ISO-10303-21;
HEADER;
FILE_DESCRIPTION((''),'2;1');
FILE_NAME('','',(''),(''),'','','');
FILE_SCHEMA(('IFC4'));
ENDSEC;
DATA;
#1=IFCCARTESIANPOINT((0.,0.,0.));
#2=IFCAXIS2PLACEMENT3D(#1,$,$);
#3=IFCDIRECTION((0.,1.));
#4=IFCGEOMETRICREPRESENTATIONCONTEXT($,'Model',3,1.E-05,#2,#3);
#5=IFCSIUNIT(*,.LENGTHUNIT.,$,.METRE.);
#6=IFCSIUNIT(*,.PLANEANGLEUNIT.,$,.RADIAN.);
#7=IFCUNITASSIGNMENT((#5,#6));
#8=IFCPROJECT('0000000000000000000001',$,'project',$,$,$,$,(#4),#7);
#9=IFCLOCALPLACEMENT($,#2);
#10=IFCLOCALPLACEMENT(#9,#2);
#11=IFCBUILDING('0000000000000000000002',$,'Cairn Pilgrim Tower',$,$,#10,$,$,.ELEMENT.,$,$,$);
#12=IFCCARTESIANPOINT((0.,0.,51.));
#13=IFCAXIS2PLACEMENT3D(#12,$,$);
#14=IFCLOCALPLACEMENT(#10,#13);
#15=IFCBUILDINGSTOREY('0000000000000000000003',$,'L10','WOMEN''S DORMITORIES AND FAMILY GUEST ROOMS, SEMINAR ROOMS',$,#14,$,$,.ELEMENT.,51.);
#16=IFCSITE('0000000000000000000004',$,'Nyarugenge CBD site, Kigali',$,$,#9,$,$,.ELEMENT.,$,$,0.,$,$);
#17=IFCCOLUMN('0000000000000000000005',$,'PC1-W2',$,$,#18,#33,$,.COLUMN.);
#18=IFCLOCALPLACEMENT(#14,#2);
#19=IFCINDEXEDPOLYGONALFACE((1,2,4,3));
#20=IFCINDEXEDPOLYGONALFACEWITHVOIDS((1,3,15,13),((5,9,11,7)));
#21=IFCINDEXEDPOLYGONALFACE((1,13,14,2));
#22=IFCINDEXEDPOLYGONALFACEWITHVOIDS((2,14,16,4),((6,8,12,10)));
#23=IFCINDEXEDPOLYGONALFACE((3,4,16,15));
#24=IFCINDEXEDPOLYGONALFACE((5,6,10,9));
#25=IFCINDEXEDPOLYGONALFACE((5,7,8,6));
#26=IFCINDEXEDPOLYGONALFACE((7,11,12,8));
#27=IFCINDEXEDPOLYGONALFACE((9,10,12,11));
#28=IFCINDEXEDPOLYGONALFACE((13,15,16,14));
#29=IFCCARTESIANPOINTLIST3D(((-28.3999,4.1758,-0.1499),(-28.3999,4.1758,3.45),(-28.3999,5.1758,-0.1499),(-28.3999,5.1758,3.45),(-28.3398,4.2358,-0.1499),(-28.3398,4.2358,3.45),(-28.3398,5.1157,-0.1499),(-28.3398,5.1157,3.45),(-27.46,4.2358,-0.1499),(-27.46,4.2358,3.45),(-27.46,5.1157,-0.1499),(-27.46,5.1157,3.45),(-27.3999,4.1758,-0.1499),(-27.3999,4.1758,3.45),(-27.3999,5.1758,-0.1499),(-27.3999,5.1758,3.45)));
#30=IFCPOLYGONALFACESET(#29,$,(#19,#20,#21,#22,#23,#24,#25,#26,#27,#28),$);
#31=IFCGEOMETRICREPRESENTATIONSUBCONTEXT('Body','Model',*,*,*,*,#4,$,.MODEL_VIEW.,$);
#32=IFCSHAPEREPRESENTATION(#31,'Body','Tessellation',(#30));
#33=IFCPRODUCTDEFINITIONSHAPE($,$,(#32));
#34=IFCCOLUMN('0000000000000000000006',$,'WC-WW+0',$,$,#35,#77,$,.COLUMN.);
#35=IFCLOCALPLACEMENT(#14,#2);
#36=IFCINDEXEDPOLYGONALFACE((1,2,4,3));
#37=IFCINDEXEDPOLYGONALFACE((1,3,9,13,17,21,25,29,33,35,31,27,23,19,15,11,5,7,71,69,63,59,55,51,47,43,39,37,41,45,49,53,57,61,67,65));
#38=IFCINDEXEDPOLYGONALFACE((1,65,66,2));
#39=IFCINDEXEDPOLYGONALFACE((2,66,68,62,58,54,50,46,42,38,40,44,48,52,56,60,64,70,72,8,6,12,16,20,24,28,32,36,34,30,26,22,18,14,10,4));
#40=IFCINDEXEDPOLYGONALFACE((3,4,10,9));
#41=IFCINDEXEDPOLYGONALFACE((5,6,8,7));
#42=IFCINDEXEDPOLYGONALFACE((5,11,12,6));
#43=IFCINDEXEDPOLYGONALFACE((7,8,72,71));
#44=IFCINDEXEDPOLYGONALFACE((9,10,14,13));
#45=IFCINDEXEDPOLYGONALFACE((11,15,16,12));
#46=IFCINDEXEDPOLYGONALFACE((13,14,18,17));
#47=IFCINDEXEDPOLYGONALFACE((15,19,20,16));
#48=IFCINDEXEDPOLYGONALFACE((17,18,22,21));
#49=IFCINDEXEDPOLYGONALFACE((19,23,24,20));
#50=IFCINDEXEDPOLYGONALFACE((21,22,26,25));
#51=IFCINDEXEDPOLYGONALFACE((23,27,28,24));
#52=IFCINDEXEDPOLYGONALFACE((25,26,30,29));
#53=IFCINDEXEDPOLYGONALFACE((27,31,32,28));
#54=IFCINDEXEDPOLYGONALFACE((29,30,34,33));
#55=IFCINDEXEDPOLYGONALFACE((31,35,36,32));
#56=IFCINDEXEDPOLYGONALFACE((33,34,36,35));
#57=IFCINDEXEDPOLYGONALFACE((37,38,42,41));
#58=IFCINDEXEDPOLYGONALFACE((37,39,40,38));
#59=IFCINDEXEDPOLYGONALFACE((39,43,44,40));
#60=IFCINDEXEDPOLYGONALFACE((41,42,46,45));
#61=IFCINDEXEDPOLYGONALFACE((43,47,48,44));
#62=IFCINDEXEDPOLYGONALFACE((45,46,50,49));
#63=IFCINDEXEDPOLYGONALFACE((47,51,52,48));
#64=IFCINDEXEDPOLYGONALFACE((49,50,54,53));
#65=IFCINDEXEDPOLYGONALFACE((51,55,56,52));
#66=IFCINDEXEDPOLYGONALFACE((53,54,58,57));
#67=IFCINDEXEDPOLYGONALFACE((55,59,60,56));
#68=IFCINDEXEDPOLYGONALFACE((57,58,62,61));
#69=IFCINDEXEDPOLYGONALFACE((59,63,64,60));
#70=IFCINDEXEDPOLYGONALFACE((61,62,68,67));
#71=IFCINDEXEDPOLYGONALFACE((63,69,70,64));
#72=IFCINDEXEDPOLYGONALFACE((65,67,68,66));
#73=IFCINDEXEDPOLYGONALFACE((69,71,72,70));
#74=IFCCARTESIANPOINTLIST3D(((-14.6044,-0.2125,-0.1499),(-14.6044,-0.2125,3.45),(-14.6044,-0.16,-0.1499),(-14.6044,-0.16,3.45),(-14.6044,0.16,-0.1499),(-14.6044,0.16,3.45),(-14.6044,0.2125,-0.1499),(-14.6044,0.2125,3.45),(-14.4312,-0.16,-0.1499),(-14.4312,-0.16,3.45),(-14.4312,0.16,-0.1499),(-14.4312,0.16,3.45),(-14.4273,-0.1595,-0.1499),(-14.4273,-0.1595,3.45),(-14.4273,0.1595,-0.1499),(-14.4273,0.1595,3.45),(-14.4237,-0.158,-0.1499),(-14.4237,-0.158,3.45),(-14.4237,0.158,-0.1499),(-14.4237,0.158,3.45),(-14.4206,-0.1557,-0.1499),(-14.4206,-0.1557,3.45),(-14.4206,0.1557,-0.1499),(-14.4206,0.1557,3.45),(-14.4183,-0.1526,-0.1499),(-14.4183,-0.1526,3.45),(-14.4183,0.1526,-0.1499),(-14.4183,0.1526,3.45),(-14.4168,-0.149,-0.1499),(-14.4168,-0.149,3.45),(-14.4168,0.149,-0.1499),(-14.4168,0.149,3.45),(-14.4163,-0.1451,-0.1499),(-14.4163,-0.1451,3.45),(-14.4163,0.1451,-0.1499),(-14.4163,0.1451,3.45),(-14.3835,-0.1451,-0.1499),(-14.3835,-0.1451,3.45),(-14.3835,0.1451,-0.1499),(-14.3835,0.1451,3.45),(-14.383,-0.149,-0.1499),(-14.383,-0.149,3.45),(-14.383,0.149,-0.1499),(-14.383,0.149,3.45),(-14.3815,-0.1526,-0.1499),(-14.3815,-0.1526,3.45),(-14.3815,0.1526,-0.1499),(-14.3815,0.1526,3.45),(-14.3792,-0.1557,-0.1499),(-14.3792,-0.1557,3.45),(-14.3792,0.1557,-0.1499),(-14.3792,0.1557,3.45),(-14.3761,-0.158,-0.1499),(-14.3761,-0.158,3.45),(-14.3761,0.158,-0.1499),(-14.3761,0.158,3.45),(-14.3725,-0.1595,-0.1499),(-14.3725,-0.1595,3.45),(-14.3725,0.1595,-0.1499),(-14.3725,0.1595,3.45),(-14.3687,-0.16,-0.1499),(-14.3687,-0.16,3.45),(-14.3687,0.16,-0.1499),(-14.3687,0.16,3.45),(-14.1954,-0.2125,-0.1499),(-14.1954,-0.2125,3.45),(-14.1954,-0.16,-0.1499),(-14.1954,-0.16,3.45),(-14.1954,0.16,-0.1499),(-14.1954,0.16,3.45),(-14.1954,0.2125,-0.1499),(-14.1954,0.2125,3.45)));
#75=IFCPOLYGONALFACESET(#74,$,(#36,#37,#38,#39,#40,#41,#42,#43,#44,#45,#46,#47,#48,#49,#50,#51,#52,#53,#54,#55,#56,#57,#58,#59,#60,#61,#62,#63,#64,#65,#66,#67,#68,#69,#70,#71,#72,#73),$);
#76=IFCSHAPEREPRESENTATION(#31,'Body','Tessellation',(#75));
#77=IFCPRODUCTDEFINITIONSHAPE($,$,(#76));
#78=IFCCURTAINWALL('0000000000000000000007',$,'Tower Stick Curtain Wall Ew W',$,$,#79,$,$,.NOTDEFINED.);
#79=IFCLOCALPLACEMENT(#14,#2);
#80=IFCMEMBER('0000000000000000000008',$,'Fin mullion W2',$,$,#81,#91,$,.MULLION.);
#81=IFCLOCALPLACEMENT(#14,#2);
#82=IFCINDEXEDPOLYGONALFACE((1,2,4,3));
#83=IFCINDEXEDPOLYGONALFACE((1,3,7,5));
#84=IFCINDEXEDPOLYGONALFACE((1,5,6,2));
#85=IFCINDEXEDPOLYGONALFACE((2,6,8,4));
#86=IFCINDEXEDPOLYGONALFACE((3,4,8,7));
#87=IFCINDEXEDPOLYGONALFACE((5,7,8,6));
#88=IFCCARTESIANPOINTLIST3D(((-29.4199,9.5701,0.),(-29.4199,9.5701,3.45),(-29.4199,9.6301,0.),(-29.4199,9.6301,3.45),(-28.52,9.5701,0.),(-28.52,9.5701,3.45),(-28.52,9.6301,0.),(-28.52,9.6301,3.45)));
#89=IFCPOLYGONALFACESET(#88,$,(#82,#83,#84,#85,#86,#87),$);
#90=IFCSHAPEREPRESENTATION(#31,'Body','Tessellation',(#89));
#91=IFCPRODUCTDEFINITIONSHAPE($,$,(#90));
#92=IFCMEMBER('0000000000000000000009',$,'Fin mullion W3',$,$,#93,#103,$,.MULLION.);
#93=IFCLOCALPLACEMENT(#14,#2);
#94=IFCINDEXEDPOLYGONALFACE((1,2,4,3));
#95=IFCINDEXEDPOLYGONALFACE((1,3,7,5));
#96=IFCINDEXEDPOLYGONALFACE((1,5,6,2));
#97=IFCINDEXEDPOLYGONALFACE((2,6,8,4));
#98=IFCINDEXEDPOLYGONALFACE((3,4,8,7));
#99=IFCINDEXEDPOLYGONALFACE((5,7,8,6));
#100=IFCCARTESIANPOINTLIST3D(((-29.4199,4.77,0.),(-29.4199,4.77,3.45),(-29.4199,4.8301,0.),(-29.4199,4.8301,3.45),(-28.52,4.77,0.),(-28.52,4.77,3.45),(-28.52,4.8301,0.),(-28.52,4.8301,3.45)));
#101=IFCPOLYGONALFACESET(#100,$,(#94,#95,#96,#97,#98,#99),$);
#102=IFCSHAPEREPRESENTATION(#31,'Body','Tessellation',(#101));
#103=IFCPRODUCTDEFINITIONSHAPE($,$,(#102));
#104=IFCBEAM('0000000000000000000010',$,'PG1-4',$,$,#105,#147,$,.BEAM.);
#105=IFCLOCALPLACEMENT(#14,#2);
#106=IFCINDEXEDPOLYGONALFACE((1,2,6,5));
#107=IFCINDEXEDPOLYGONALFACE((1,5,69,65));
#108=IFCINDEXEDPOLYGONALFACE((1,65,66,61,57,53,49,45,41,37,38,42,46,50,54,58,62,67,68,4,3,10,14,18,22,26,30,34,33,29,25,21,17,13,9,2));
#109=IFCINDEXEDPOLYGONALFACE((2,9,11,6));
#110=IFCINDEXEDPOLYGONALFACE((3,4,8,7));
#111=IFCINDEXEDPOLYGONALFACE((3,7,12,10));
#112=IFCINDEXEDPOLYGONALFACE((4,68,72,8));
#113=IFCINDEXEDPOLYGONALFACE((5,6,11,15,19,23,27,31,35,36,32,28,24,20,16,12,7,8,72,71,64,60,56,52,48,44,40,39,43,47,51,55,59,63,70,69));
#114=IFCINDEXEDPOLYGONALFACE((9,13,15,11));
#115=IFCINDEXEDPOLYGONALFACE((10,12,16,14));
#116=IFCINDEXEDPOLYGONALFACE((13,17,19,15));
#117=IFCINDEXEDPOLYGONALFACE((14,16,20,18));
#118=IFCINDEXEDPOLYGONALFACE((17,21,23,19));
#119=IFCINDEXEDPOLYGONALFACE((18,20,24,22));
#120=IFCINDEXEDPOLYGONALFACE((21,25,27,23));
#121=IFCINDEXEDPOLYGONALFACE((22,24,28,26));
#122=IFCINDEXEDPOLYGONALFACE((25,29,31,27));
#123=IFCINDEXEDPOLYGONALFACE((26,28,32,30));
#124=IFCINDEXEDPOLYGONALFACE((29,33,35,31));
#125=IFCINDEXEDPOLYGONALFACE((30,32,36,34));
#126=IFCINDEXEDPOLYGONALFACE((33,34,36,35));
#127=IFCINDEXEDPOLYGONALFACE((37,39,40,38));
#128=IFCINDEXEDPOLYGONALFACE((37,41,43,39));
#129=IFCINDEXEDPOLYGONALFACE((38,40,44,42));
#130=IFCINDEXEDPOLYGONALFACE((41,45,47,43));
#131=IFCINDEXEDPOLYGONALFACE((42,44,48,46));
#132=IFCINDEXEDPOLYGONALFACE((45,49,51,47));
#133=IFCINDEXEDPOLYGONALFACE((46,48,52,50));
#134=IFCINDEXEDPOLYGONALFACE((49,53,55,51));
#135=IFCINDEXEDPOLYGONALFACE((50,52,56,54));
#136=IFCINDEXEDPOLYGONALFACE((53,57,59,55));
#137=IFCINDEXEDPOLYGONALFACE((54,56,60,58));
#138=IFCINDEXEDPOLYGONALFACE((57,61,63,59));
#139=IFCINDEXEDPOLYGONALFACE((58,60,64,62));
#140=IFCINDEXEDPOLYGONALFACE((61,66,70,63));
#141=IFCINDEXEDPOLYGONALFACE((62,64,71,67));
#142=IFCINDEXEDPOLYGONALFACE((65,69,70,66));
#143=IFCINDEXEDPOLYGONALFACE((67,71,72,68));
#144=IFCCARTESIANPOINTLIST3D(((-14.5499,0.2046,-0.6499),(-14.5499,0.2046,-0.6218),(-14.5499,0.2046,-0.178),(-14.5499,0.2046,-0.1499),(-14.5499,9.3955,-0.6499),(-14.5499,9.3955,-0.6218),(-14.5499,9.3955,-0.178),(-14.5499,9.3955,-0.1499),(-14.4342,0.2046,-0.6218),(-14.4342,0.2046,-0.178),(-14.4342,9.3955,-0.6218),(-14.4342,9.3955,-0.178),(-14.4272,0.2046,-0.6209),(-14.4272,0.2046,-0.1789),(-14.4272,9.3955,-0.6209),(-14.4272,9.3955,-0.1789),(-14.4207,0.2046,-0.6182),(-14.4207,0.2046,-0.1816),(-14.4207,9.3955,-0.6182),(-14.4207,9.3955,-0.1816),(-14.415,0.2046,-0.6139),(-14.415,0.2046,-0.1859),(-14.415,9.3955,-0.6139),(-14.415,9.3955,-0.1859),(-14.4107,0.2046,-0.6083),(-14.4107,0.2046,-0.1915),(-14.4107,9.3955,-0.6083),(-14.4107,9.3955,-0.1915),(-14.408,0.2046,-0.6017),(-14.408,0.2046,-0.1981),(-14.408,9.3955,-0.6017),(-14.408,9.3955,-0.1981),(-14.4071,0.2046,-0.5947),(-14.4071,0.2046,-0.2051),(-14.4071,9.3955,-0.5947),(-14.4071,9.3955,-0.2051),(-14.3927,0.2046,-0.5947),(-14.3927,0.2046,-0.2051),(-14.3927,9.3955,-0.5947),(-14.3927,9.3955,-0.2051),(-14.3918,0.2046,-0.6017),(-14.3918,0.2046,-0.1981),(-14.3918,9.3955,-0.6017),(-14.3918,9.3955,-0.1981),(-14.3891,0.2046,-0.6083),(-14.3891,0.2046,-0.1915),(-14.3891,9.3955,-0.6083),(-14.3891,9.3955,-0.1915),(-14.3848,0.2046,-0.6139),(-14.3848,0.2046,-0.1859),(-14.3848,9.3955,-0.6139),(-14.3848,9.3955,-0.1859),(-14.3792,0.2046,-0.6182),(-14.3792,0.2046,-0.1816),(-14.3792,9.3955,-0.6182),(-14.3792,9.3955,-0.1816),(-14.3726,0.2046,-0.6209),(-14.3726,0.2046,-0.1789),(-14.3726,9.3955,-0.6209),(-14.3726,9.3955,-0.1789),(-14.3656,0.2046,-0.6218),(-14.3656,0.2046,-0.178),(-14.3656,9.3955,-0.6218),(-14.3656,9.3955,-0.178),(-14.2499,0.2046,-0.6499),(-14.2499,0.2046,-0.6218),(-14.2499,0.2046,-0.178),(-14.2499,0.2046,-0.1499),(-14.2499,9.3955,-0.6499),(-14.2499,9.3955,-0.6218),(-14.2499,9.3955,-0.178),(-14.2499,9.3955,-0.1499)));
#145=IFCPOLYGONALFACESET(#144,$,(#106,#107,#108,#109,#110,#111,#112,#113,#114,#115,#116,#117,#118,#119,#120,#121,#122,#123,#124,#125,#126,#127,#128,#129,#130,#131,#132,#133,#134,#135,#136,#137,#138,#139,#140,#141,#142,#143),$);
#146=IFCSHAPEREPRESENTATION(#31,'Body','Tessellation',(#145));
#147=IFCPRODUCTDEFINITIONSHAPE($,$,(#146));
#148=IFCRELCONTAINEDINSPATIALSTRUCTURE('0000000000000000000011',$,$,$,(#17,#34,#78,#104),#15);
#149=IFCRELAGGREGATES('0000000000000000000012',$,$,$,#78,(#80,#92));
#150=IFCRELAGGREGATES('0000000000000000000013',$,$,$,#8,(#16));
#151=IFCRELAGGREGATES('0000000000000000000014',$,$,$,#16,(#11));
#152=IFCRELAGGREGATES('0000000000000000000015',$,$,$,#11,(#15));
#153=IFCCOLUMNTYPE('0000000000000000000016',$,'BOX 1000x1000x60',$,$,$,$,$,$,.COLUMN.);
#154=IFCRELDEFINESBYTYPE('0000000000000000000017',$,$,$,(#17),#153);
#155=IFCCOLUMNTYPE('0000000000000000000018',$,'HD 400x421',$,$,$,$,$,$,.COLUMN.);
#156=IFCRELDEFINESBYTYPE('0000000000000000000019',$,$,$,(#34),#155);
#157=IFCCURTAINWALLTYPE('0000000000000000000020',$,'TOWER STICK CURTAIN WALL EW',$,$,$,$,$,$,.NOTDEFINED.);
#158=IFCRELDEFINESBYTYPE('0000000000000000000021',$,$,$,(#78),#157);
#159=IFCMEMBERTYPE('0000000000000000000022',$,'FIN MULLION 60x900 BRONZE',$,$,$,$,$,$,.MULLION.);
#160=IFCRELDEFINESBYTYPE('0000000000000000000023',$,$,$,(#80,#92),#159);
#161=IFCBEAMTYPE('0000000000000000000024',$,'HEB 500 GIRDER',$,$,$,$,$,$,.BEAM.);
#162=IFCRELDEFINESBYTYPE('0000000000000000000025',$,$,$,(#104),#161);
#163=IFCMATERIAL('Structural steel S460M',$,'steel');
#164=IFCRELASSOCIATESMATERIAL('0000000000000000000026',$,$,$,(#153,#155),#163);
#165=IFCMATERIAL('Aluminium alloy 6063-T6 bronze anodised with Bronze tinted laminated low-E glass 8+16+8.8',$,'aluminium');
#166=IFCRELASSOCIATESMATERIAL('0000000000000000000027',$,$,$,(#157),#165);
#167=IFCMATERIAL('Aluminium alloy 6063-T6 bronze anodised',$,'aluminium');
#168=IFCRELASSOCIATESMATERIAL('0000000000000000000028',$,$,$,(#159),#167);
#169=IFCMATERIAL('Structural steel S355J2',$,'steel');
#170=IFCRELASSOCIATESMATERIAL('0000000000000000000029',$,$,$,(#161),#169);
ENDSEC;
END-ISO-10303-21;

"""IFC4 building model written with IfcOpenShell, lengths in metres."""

from ifc_helpers import new_model, si_unit, direction, frame, origin, origin_2d, place, context, subcontext, project, spatial, rectangle, hollow_rectangle, i_section, extrude, material, material_profile, profile_set, type_object, element, aggregate, save


model = new_model("IFC4")

# Units and contexts
model_context = context("Model", 3, precision=1e-05, world=origin(), true_north=direction((0.0, 1.0)))
body_context = subcontext(model_context, "Body", "Model", "MODEL_VIEW")
ifc_project = project(units=[si_unit("LENGTHUNIT", "METRE"), si_unit("PLANEANGLEUNIT", "RADIAN")], contexts=[model_context])

# Site, building, storey
site_placement = place(None, origin())
site = spatial("IfcSite", under=ifc_project, at=site_placement, Name="Nyarugenge CBD site, Kigali", CompositionType="ELEMENT", RefElevation=0.0)
building_placement = place(site_placement, origin())
building = spatial("IfcBuilding", under=site, at=building_placement, Name="Cairn Pilgrim Tower", CompositionType="ELEMENT")
storey_placement = place(building_placement, frame((0.0, 0.0, 51.0)))
storey = spatial("IfcBuildingStorey", under=building, at=storey_placement, Name="L10", Description="WOMEN'S DORMITORIES AND FAMILY GUEST ROOMS, SEMINAR ROOMS", CompositionType="ELEMENT", Elevation=51.0)

# Columns
ifc_material_1 = material(Name="Structural steel S460M", Category="steel")
ifc_material_profile_1 = material_profile(ifc_material_1, hollow_rectangle(XDim=1.0, YDim=1.0, WallThickness=0.0601, at=origin_2d()), Name="BOX 1000x1000x60")
ifc_profile_set_1 = profile_set([ifc_material_profile_1], Name="Structural steel S460M")
column_type_1 = type_object("IfcColumnType", Name="BOX 1000x1000x60", PredefinedType="COLUMN", material=ifc_profile_set_1)
column_1_placement = place(storey_placement, frame((-27.8999, 4.6758, -0.1499), z_axis=(0.0, 0.0, 1.0), x_axis=(1.0, 0.0, 0.0)))
element("IfcColumn", 1, at=column_1_placement, inside=storey, type_object=column_type_1, Name="PC1-W2", PredefinedType="COLUMN", context=body_context, shape_type="SweptSolid", body=[
    extrude(hollow_rectangle(XDim=1.0, YDim=1.0, WallThickness=0.0601, at=origin_2d()), origin(), (0.0, 0.0, 1.0), 3.5999),
])
ifc_material_profile_2 = material_profile(ifc_material_1, i_section(OverallWidth=0.4089, OverallDepth=0.425, WebThickness=0.0327, FlangeThickness=0.0525, FilletRadius=0.0149, at=origin_2d()), Name="HD 400x421")
ifc_profile_set_2 = profile_set([ifc_material_profile_2], Name="Structural steel S460M")
column_type_2 = type_object("IfcColumnType", Name="HD 400x421", PredefinedType="COLUMN", material=ifc_profile_set_2)
column_2_placement = place(storey_placement, frame((-14.3999, 0.0, -0.1499), z_axis=(0.0, 0.0, 1.0), x_axis=(1.0, 0.0, 0.0)))
element("IfcColumn", 2, at=column_2_placement, inside=storey, type_object=column_type_2, Name="WC-WW+0", PredefinedType="COLUMN", context=body_context, shape_type="SweptSolid", body=[
    extrude(i_section(OverallWidth=0.4089, OverallDepth=0.425, WebThickness=0.0327, FlangeThickness=0.0525, FilletRadius=0.0149, at=origin_2d()), origin(), (0.0, 0.0, 1.0), 3.5999),
])

# Curtain wall, members
ifc_material_2 = material(Name="Aluminium alloy 6063-T6 bronze anodised with Bronze tinted laminated low-E glass 8+16+8.8", Category="aluminium")
curtain_wall_type = type_object("IfcCurtainWallType", Name="TOWER STICK CURTAIN WALL EW", PredefinedType="NOTDEFINED", material=ifc_material_2)
curtain_wall_placement = place(storey_placement, origin())
curtain_wall = element("IfcCurtainWall", 3, at=curtain_wall_placement, inside=storey, type_object=curtain_wall_type, Name="Tower Stick Curtain Wall Ew W", PredefinedType="NOTDEFINED")
ifc_material_3 = material(Name="Aluminium alloy 6063-T6 bronze anodised", Category="aluminium")
ifc_material_profile_3 = material_profile(ifc_material_3, rectangle(XDim=0.8999, YDim=0.0601, at=origin_2d()), Name="FIN MULLION 60x900 BRONZE")
ifc_profile_set_3 = profile_set([ifc_material_profile_3], Name="Aluminium alloy 6063-T6 bronze anodised")
member_type_1 = type_object("IfcMemberType", Name="FIN MULLION 60x900 BRONZE", PredefinedType="MULLION", material=ifc_profile_set_3)
member_1_placement = place(storey_placement, frame((-28.97, 9.6001, 0.0), z_axis=(0.0, 0.0, 1.0), x_axis=(-1.0, 0.0, 0.0)))
member_1 = element("IfcMember", 4, at=member_1_placement, type_object=member_type_1, Name="Fin mullion W2", PredefinedType="MULLION", context=body_context, shape_type="SweptSolid", body=[
    extrude(rectangle(XDim=0.8999, YDim=0.0601, at=origin_2d()), origin(), (0.0, 0.0, 1.0), 3.45),
])
member_2_placement = place(storey_placement, frame((-28.97, 4.8, 0.0), z_axis=(0.0, 0.0, 1.0), x_axis=(-1.0, 0.0, 0.0)))
member_2 = element("IfcMember", 5, at=member_2_placement, type_object=member_type_1, Name="Fin mullion W3", PredefinedType="MULLION", context=body_context, shape_type="SweptSolid", body=[
    extrude(rectangle(XDim=0.8999, YDim=0.0601, at=origin_2d()), origin(), (0.0, 0.0, 1.0), 3.45),
])

# Beam
ifc_material_4 = material(Name="Structural steel S355J2", Category="steel")
ifc_material_profile_4 = material_profile(ifc_material_4, i_section(OverallWidth=0.3, OverallDepth=0.5, WebThickness=0.0144, FlangeThickness=0.0281, FilletRadius=0.0271, at=origin_2d()), Name="HEB 500")
ifc_profile_set_4 = profile_set([ifc_material_profile_4], Name="Structural steel S355J2")
beam_type_1 = type_object("IfcBeamType", Name="HEB 500 GIRDER", PredefinedType="BEAM", material=ifc_profile_set_4)
beam_1_placement = place(storey_placement, frame((-14.3999, 0.2046, -0.3999), z_axis=(0.0, 1.0, 0.0), x_axis=(-1.0, 0.0, 0.0)))
element("IfcBeam", 6, at=beam_1_placement, inside=storey, type_object=beam_type_1, Name="PG1-4", PredefinedType="BEAM", context=body_context, shape_type="SweptSolid", body=[
    extrude(i_section(OverallWidth=0.3, OverallDepth=0.5, WebThickness=0.0144, FlangeThickness=0.0281, FilletRadius=0.0271, at=origin_2d()), origin(), (0.0, 0.0, 1.0), 9.1909),
])

aggregate(curtain_wall, [member_1, member_2])

save(model, "model.ifc")
